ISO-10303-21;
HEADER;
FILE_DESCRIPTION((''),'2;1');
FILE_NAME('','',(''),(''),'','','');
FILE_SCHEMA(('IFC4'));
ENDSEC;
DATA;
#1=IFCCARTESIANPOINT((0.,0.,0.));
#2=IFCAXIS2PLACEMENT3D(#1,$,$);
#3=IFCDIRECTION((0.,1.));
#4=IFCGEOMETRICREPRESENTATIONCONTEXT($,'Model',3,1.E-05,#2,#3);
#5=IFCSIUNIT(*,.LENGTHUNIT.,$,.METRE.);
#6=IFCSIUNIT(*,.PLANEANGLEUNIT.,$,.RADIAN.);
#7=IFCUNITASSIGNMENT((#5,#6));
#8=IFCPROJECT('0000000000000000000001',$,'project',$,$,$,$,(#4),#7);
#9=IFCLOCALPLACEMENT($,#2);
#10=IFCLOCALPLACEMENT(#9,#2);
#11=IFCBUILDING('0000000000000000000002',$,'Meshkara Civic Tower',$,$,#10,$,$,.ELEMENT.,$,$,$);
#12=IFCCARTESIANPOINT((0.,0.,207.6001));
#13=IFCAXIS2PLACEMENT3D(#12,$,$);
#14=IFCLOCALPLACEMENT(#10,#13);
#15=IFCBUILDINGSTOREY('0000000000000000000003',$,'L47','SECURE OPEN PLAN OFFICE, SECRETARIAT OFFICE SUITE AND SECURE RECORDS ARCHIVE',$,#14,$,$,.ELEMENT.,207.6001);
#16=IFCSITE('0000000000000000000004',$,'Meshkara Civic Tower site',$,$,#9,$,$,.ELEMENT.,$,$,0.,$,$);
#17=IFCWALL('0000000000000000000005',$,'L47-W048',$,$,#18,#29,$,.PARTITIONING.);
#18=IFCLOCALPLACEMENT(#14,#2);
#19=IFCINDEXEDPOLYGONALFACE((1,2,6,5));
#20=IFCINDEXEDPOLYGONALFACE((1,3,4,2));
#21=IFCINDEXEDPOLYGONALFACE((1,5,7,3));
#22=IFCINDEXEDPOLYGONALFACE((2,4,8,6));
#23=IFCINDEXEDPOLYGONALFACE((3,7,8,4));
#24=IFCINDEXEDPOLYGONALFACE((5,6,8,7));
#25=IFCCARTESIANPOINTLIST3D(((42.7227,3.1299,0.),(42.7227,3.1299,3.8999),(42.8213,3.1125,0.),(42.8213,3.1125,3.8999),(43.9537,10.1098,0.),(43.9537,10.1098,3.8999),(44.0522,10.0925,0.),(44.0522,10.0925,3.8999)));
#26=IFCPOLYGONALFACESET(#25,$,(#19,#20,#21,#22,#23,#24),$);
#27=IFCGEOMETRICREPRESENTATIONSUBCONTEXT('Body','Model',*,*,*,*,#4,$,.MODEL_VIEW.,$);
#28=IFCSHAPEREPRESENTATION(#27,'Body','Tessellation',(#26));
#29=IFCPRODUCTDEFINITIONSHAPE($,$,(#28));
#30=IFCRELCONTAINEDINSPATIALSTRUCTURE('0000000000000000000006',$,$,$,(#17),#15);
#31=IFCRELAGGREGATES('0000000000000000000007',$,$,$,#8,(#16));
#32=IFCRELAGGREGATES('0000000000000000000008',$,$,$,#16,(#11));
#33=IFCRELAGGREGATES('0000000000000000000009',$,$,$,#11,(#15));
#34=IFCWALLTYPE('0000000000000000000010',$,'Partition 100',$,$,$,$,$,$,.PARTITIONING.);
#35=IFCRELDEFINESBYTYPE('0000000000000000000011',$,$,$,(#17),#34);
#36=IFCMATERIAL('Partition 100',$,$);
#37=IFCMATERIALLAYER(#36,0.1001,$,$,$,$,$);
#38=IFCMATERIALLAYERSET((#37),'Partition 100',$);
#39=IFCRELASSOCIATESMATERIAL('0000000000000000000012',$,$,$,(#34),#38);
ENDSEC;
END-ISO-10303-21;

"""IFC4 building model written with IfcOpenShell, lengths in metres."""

from ifc_helpers import new_model, si_unit, direction, frame, frame_2d, origin, place, context, subcontext, project, spatial, rectangle, extrude, material, layer, layer_set, type_object, element, save


model = new_model("IFC4")

# Units and contexts
model_context = context("Model", 3, precision=1e-05, world=origin(), true_north=direction((0.0, 1.0)))
body_context = subcontext(model_context, "Body", "Model", "MODEL_VIEW")
ifc_project = project(units=[si_unit("LENGTHUNIT", "METRE"), si_unit("PLANEANGLEUNIT", "RADIAN")], contexts=[model_context])

# Site, building, storey
site_placement = place(None, origin())
site = spatial("IfcSite", under=ifc_project, at=site_placement, Name="Meshkara Civic Tower site", CompositionType="ELEMENT", RefElevation=0.0)
building_placement = place(site_placement, origin())
building = spatial("IfcBuilding", under=site, at=building_placement, Name="Meshkara Civic Tower", CompositionType="ELEMENT")
storey_placement = place(building_placement, frame((0.0, 0.0, 207.6001)))
storey = spatial("IfcBuildingStorey", under=building, at=storey_placement, Name="L47", Description="SECURE OPEN PLAN OFFICE, SECRETARIAT OFFICE SUITE AND SECURE RECORDS ARCHIVE", CompositionType="ELEMENT", Elevation=207.6001)

# Wall
ifc_material_1 = material(Name="Partition 100")
ifc_layer_1 = layer(ifc_material_1, 0.1001)
ifc_layer_set_1 = layer_set([ifc_layer_1], Name="Partition 100")
wall_type_1 = type_object("IfcWallType", Name="Partition 100", PredefinedType="PARTITIONING", material=ifc_layer_set_1)
wall_1_placement = place(storey_placement, frame((42.772, 3.1211, 0.0), z_axis=(0.0, 0.0, 1.0), x_axis=(0.173675, 0.984803, 0.0)))
element("IfcWall", 1, at=wall_1_placement, inside=storey, type_object=wall_type_1, Name="L47-W048", PredefinedType="PARTITIONING", context=body_context, shape_type="SweptSolid", body=[
    extrude(rectangle(XDim=7.0876, YDim=0.1001, at=frame_2d((3.5439, 0.0))), origin(), (0.0, 0.0, 1.0), 3.8999),
])

save(model, "model.ifc")
